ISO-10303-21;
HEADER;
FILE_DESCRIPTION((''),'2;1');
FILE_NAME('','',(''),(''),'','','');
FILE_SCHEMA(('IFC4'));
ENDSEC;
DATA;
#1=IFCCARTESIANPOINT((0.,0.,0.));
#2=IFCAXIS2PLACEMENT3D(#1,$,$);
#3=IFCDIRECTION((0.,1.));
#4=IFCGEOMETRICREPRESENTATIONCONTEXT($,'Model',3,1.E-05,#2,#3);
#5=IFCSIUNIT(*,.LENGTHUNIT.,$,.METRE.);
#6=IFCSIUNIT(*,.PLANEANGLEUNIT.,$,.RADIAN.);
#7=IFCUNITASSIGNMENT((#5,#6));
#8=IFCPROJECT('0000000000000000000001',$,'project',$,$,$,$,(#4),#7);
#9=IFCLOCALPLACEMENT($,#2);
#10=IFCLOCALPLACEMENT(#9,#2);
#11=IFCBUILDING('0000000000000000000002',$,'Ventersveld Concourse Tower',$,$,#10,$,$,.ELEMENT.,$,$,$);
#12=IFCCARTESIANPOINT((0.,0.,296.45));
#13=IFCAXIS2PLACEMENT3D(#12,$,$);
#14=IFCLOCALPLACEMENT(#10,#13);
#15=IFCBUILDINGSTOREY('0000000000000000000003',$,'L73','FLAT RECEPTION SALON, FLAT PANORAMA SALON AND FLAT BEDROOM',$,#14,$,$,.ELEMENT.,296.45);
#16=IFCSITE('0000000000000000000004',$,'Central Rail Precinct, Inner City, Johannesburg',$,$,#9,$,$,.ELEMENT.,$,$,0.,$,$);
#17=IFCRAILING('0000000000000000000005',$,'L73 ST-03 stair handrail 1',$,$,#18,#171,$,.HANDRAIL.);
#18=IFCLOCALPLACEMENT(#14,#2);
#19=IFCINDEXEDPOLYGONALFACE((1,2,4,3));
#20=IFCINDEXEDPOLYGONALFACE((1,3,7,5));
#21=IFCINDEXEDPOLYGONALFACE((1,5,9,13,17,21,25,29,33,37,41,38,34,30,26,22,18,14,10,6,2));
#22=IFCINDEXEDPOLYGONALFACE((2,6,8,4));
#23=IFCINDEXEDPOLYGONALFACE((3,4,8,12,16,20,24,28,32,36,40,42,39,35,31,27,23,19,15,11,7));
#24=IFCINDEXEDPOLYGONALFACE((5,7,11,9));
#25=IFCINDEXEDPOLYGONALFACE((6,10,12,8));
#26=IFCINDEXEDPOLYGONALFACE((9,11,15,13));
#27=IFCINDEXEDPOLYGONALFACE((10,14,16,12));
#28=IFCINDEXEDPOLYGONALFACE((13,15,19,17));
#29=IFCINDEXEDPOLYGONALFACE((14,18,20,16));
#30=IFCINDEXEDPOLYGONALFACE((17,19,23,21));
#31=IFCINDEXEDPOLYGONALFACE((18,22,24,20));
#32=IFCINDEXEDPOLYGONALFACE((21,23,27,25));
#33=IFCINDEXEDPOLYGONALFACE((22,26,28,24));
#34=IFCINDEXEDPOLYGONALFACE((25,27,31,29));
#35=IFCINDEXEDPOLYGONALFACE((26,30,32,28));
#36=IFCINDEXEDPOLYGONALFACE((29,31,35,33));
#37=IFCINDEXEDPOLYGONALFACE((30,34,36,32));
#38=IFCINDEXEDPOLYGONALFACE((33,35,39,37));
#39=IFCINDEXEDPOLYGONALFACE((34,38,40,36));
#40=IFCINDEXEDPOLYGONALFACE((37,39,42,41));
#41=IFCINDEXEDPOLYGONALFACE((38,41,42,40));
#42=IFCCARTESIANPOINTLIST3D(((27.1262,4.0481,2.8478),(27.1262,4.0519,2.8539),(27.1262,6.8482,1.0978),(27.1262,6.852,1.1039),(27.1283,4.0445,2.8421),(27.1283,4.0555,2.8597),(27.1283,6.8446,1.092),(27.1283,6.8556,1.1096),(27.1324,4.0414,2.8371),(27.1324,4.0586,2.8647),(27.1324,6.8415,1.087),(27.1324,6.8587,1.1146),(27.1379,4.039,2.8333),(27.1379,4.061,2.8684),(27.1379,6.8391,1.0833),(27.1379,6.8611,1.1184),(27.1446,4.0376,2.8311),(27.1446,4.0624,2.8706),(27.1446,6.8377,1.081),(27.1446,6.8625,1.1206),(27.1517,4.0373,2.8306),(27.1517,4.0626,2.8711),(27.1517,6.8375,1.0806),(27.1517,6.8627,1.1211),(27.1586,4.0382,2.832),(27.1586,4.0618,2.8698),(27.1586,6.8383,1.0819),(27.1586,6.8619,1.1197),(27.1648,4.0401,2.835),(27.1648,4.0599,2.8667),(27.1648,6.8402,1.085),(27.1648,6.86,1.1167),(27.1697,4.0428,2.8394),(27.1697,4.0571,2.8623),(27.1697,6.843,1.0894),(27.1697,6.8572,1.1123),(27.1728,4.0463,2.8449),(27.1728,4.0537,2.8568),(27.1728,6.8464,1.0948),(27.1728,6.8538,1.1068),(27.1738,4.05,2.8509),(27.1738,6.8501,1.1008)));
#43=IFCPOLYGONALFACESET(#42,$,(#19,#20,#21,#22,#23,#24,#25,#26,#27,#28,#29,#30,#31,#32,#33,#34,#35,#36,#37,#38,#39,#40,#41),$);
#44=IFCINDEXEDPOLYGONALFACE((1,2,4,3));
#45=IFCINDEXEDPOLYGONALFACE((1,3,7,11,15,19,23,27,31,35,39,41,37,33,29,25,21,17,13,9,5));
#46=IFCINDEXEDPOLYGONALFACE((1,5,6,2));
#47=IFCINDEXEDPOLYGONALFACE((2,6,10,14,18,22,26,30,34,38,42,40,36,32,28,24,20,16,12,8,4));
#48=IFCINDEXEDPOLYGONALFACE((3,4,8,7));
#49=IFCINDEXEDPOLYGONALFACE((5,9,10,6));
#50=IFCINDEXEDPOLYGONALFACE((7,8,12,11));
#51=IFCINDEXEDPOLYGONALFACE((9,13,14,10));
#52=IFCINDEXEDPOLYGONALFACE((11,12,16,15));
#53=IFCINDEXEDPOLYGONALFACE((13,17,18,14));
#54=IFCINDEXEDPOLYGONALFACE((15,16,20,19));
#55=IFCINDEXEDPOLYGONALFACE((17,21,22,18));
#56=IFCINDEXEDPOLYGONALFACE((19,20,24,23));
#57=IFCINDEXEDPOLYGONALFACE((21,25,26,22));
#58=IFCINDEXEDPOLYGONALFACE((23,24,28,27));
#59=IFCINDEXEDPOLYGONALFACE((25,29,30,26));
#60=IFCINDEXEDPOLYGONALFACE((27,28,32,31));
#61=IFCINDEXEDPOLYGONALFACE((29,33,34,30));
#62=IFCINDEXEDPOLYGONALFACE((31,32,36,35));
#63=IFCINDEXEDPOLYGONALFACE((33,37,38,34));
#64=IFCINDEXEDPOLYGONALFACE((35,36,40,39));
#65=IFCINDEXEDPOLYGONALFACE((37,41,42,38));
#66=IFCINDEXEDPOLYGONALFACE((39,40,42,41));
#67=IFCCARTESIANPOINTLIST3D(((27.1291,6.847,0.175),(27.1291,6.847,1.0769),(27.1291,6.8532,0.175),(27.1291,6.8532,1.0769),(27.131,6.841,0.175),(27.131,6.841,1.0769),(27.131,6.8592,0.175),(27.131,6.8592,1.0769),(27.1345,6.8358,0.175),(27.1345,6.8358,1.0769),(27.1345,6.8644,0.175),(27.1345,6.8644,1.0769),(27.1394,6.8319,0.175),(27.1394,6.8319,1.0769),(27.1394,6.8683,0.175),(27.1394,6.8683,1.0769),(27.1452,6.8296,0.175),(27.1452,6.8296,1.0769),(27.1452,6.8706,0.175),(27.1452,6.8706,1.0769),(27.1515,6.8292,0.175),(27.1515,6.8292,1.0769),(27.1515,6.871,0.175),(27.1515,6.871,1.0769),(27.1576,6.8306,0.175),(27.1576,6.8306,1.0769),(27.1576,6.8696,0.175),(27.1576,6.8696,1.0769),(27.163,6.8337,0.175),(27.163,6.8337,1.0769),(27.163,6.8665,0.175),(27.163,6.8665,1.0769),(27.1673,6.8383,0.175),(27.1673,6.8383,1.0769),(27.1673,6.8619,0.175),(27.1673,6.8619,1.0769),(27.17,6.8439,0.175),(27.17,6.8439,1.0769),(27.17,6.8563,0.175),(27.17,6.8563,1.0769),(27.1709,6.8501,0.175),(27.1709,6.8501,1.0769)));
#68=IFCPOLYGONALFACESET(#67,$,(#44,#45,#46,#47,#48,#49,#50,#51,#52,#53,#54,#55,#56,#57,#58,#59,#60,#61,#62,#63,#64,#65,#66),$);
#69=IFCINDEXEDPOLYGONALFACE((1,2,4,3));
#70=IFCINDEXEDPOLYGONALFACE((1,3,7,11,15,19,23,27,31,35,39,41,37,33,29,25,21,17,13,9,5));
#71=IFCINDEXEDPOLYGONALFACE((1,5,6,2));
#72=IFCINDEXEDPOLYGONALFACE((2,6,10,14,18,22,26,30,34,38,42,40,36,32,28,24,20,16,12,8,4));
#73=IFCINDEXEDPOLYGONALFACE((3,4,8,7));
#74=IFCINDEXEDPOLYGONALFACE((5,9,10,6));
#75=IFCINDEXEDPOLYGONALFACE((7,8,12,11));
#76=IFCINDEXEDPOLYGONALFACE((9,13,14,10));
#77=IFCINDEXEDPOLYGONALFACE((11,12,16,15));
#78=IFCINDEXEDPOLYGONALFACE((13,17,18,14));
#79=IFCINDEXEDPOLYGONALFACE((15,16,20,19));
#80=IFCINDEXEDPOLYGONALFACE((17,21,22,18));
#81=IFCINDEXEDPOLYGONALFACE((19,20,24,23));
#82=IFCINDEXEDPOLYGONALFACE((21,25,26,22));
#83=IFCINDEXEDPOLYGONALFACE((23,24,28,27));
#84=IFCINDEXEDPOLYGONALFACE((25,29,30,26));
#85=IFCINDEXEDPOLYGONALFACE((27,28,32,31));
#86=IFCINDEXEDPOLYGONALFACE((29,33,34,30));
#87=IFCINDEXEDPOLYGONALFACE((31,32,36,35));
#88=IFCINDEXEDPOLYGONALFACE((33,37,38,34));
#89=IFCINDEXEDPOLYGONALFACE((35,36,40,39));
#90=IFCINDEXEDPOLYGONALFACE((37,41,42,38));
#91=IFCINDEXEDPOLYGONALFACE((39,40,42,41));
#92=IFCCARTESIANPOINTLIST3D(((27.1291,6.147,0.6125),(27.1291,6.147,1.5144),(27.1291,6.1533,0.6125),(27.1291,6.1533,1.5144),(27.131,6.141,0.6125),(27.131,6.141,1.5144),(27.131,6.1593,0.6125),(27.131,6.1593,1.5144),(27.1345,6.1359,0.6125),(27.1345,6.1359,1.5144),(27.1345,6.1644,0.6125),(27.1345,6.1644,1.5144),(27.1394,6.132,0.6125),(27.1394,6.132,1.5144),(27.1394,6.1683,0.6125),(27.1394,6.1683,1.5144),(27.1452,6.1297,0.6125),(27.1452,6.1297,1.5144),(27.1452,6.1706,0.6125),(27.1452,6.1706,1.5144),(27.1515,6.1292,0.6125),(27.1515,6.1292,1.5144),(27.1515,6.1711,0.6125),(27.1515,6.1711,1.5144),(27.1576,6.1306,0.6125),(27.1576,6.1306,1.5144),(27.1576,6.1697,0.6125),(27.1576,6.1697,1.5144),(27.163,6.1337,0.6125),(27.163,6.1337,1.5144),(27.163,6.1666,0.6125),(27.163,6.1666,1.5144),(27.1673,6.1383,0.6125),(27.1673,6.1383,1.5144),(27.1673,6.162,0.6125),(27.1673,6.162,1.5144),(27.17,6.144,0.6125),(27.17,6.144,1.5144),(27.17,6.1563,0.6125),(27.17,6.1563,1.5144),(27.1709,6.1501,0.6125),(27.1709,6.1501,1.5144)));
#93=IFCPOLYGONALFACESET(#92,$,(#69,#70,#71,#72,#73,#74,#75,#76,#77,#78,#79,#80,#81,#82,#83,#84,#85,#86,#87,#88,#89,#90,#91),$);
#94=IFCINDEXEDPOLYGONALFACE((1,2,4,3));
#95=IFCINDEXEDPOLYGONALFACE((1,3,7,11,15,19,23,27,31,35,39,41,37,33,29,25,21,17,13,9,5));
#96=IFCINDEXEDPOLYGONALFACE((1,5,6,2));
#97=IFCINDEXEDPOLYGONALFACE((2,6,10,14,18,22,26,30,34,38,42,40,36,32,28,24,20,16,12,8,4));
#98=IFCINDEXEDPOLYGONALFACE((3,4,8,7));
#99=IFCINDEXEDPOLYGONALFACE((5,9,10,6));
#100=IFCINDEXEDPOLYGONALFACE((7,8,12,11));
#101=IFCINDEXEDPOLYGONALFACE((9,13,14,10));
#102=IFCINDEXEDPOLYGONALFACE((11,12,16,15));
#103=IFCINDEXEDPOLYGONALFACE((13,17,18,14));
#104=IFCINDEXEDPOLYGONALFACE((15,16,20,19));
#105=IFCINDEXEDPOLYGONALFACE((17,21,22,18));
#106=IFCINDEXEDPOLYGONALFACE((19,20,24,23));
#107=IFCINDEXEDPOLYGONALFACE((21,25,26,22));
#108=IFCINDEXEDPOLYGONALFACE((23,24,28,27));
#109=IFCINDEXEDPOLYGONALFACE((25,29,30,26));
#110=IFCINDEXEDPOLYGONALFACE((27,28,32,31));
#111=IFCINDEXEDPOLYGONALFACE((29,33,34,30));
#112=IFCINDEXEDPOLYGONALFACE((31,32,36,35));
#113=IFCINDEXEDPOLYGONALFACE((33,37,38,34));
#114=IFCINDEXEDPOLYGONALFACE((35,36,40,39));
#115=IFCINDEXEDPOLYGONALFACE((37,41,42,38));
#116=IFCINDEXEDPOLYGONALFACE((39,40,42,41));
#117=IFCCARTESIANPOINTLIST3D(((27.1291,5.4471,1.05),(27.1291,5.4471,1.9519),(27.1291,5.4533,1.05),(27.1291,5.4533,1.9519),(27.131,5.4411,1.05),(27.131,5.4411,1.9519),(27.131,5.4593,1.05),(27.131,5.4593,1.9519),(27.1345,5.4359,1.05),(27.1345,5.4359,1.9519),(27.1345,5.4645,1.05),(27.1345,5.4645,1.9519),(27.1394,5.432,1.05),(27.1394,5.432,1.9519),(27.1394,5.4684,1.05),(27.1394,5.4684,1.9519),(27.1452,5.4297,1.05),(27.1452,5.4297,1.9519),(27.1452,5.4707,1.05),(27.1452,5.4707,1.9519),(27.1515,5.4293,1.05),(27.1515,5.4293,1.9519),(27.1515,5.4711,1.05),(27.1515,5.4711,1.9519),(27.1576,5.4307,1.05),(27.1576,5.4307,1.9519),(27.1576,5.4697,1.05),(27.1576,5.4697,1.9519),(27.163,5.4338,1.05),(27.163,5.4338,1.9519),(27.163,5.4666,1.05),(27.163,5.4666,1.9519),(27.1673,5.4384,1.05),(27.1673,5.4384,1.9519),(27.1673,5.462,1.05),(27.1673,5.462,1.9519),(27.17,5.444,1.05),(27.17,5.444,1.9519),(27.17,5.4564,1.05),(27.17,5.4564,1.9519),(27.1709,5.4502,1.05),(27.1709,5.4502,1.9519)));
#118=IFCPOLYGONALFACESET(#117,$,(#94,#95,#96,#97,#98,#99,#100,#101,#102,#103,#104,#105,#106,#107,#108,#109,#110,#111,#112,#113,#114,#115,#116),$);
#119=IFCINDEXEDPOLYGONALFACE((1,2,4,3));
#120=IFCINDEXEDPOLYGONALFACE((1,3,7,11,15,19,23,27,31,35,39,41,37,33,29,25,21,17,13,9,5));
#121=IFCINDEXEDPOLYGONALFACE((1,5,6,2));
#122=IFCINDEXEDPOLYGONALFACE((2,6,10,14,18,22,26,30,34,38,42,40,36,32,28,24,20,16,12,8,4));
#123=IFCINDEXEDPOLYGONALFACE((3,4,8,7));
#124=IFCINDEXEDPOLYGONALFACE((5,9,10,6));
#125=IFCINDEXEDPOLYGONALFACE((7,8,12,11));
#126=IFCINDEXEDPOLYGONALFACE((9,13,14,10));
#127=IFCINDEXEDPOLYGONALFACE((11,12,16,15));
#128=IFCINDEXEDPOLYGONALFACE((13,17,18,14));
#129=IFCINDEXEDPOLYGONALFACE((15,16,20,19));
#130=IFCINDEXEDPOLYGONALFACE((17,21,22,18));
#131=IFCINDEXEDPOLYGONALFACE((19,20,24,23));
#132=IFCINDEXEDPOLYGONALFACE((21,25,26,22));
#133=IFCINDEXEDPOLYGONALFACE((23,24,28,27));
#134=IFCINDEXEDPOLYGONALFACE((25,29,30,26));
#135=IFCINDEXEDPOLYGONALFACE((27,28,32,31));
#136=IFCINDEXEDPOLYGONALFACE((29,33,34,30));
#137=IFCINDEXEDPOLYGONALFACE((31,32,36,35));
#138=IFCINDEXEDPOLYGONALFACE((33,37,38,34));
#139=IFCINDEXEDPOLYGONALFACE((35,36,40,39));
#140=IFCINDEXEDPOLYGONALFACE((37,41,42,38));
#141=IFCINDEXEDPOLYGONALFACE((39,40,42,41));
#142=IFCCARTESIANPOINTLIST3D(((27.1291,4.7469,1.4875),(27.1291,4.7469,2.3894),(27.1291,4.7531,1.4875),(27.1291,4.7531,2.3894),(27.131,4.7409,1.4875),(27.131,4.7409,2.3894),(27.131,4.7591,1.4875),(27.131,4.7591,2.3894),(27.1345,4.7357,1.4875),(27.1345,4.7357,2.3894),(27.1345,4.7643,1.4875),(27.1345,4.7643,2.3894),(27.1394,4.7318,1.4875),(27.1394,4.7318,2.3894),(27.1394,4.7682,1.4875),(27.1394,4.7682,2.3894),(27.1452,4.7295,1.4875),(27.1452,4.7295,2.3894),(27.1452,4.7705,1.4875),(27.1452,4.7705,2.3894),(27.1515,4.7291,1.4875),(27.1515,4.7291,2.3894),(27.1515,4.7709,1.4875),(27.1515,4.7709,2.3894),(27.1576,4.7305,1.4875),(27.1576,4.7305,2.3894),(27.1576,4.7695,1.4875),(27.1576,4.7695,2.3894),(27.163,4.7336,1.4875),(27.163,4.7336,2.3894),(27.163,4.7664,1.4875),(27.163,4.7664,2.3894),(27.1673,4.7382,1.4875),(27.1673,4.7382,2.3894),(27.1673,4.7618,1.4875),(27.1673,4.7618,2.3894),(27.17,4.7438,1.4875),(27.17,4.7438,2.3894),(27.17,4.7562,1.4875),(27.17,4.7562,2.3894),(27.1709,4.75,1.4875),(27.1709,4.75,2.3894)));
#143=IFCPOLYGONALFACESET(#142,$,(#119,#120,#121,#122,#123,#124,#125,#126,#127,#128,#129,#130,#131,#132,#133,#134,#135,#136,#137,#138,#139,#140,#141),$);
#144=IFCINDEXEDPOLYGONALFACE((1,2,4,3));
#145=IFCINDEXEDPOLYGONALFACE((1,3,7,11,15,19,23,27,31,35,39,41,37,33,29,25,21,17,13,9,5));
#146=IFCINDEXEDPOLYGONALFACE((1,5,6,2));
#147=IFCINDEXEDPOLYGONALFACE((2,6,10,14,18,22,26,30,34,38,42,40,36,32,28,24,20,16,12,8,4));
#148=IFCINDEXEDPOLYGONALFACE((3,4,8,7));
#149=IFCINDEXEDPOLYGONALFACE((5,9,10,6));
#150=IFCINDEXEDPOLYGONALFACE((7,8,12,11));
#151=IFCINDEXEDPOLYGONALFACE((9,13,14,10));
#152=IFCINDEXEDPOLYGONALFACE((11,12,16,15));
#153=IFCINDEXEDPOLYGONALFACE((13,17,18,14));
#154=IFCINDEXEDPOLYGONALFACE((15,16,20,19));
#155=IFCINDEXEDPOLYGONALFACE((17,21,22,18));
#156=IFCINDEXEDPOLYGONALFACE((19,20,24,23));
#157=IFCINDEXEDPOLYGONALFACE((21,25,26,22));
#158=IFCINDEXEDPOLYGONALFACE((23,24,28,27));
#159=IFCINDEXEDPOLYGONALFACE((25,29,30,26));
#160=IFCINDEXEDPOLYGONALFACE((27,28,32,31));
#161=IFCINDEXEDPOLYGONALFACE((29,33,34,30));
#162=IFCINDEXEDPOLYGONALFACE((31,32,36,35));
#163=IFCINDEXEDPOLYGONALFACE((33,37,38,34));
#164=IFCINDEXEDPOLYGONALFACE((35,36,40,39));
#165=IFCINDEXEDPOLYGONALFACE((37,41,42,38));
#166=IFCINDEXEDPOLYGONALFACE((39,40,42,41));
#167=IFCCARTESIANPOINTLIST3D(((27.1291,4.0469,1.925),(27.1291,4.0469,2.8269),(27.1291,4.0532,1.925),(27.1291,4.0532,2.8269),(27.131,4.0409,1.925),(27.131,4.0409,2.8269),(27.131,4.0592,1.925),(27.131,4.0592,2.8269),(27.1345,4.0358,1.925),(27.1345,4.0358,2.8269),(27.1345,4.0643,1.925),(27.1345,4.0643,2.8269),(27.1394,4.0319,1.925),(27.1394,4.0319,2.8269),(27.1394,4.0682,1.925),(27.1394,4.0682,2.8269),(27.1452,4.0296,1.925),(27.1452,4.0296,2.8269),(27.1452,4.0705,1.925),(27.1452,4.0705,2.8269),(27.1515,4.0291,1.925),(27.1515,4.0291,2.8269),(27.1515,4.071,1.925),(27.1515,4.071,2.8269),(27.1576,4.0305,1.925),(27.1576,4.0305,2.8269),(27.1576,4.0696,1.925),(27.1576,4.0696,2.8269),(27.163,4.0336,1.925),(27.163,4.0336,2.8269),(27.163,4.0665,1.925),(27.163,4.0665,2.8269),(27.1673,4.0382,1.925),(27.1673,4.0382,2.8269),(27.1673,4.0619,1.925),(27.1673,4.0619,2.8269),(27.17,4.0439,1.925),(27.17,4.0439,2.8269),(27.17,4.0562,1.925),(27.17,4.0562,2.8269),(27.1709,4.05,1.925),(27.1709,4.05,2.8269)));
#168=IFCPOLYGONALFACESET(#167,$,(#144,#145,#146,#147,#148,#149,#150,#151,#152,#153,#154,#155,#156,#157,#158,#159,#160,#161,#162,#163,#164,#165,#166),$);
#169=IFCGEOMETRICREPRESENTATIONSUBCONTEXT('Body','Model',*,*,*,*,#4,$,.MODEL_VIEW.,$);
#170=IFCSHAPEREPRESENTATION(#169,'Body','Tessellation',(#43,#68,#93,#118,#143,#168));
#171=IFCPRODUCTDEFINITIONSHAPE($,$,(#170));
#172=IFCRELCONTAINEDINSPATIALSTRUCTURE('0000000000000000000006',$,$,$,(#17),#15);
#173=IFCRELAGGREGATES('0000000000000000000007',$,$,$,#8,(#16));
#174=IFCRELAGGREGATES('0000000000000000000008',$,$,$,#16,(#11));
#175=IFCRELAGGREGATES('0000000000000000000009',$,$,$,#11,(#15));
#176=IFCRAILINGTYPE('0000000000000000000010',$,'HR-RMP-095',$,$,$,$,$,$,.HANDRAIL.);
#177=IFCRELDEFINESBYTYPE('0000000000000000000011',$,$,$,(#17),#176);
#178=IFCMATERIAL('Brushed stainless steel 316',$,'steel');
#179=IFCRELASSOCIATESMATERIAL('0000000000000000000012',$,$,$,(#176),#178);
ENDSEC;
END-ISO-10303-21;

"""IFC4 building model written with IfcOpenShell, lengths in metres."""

from ifc_helpers import new_model, si_unit, direction, frame, origin, origin_2d, place, context, subcontext, project, spatial, circle, extrude, material, type_object, element, save


model = new_model("IFC4")

# Units and contexts
model_context = context("Model", 3, precision=1e-05, world=origin(), true_north=direction((0.0, 1.0)))
body_context = subcontext(model_context, "Body", "Model", "MODEL_VIEW")
ifc_project = project(units=[si_unit("LENGTHUNIT", "METRE"), si_unit("PLANEANGLEUNIT", "RADIAN")], contexts=[model_context])

# Site, building, storey
site_placement = place(None, origin())
site = spatial("IfcSite", under=ifc_project, at=site_placement, Name="Central Rail Precinct, Inner City, Johannesburg", CompositionType="ELEMENT", RefElevation=0.0)
building_placement = place(site_placement, origin())
building = spatial("IfcBuilding", under=site, at=building_placement, Name="Ventersveld Concourse Tower", CompositionType="ELEMENT")
storey_placement = place(building_placement, frame((0.0, 0.0, 296.45)))
storey = spatial("IfcBuildingStorey", under=building, at=storey_placement, Name="L73", Description="FLAT RECEPTION SALON, FLAT PANORAMA SALON AND FLAT BEDROOM", CompositionType="ELEMENT", Elevation=296.45)

# Shared definitions
ifc_material_1 = material(Name="Brushed stainless steel 316", Category="steel")

# Railing
railing_type_1 = type_object("IfcRailingType", Name="HR-RMP-095", PredefinedType="HANDRAIL", material=ifc_material_1)
railing_1_placement = place(storey_placement, frame((27.1499, 6.8501, 0.175)))
element("IfcRailing", 1, at=railing_1_placement, inside=storey, type_object=railing_type_1, Name="L73 ST-03 stair handrail 1", PredefinedType="HANDRAIL", context=body_context, shape_type="SweptSolid", body=[
    extrude(circle(Radius=0.0239, at=origin_2d()), frame((0.0, 0.0, 0.9258), z_axis=(0.0, -0.848002, 0.529992), x_axis=(1.0, 0.0, 0.0)), (0.0, 0.0, 1.0), 3.302),
    extrude(circle(Radius=0.021, at=origin_2d()), origin(), (0.0, 0.0, 1.0), 0.9019),
    extrude(circle(Radius=0.021, at=origin_2d()), frame((0.0, -0.7, 0.4375)), (0.0, 0.0, 1.0), 0.9019),
    extrude(circle(Radius=0.021, at=origin_2d()), frame((0.0, -1.3999, 0.875)), (0.0, 0.0, 1.0), 0.9019),
    extrude(circle(Radius=0.021, at=origin_2d()), frame((0.0, -2.1001, 1.3125)), (0.0, 0.0, 1.0), 0.9019),
    extrude(circle(Radius=0.021, at=origin_2d()), frame((0.0, -2.8, 1.75)), (0.0, 0.0, 1.0), 0.9019),
])

save(model, "model.ifc")
